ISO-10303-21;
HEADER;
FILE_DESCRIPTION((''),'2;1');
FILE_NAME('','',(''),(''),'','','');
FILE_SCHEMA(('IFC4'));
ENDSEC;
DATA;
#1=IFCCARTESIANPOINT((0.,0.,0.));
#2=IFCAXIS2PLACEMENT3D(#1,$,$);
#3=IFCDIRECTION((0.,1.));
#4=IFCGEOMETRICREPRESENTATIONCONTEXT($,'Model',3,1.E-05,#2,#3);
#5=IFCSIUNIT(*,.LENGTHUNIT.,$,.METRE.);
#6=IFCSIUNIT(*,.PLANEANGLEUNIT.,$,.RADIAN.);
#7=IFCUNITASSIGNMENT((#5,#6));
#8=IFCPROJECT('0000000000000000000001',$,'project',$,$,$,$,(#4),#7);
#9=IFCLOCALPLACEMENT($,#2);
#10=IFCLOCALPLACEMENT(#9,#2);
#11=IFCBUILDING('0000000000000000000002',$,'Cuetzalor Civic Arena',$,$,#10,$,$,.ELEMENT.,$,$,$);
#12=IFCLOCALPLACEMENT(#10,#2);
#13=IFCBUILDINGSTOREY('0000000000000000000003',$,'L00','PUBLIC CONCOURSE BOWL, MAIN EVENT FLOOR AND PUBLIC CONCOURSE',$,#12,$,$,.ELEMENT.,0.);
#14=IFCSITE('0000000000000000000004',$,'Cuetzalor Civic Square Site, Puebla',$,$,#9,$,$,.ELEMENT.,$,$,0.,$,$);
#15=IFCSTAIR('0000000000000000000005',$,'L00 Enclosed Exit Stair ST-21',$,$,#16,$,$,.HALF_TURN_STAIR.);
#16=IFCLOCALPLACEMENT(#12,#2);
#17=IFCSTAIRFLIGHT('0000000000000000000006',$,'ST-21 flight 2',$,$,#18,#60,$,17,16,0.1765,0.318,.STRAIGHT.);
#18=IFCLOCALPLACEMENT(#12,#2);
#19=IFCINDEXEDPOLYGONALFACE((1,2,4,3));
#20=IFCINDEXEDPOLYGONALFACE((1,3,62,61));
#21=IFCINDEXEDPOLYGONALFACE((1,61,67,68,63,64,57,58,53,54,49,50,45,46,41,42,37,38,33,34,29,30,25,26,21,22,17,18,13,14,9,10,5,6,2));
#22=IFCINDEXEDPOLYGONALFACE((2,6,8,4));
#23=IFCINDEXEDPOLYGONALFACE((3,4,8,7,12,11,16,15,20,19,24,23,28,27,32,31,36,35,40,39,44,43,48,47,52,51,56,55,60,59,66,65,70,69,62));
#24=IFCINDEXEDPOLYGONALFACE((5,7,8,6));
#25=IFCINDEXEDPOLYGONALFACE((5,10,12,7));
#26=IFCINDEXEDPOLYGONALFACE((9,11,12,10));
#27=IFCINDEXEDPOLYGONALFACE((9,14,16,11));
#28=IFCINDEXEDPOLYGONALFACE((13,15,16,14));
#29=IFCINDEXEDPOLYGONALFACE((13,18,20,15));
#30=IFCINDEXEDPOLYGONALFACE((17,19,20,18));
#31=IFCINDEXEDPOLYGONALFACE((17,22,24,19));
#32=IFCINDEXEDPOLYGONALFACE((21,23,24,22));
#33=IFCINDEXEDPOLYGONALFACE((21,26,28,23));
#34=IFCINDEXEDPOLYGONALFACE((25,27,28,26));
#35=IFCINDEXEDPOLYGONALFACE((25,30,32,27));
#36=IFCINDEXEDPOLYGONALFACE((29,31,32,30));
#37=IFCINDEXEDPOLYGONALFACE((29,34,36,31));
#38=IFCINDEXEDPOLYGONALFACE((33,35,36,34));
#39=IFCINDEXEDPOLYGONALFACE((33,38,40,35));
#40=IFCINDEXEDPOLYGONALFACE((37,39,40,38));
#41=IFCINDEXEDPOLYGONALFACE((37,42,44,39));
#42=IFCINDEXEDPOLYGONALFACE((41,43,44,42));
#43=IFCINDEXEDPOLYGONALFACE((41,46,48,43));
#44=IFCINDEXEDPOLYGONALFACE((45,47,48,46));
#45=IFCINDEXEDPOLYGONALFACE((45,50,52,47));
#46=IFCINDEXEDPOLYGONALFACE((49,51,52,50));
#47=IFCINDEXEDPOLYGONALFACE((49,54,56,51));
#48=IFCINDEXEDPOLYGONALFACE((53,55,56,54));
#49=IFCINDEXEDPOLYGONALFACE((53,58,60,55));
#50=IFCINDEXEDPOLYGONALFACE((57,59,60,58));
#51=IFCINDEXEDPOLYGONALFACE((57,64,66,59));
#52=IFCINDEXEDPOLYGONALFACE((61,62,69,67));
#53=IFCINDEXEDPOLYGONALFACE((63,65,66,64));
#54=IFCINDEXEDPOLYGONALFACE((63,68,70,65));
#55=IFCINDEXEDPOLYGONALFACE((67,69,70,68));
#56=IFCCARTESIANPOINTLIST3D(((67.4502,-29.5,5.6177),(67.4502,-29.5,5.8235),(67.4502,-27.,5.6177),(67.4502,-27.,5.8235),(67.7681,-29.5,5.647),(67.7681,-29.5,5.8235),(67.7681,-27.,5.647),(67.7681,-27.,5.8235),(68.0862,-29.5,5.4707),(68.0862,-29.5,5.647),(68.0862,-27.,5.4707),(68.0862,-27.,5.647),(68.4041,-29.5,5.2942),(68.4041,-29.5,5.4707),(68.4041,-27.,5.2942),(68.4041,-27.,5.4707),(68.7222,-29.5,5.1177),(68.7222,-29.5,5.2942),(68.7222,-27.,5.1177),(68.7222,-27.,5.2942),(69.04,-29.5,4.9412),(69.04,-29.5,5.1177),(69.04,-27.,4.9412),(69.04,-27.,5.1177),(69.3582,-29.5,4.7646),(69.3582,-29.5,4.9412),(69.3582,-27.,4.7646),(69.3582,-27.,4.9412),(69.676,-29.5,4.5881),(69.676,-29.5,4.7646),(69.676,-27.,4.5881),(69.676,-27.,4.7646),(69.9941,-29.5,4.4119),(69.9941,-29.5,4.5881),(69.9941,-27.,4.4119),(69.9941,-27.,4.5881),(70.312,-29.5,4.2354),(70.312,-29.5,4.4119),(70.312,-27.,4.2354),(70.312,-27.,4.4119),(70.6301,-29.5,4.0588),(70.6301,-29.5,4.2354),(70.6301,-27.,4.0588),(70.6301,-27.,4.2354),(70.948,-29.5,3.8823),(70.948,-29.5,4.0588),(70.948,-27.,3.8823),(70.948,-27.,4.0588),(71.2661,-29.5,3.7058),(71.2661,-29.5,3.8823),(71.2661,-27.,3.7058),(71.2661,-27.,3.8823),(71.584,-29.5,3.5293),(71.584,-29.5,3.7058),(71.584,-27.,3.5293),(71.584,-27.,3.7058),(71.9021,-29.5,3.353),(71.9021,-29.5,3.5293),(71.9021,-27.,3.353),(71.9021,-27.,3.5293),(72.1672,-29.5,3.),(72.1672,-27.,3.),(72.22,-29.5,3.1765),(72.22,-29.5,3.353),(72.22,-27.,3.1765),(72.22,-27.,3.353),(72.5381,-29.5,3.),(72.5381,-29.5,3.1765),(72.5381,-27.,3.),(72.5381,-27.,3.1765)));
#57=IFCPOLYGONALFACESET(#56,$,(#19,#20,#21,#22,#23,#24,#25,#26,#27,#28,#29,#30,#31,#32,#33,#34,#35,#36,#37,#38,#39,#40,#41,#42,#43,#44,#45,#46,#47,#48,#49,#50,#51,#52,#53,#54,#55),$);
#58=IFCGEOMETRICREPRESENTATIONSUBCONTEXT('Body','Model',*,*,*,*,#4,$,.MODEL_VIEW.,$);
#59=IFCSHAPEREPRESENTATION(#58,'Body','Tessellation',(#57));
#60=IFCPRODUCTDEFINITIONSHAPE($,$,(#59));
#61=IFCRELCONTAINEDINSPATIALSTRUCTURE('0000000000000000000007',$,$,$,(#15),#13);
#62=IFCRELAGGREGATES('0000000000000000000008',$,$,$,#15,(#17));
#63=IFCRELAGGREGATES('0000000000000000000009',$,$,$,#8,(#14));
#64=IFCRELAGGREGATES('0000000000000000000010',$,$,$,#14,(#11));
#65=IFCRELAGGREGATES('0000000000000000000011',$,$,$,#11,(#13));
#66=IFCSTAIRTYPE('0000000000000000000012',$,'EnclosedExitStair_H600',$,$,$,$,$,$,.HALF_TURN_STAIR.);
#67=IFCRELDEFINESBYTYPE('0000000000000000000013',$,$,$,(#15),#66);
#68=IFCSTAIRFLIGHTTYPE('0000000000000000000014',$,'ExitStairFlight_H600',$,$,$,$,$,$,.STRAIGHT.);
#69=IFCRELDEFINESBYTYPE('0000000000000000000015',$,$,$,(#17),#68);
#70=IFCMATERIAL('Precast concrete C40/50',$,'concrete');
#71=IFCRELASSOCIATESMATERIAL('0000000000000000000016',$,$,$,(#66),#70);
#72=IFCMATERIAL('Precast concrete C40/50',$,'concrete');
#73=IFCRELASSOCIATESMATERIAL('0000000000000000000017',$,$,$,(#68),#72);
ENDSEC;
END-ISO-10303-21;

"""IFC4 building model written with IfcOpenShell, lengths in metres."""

from ifc_helpers import new_model, si_unit, direction, frame, origin, place, context, subcontext, project, spatial, polyline, outline, extrude, material, type_object, element, aggregate, save


model = new_model("IFC4")

# Units and contexts
model_context = context("Model", 3, precision=1e-05, world=origin(), true_north=direction((0.0, 1.0)))
body_context = subcontext(model_context, "Body", "Model", "MODEL_VIEW")
ifc_project = project(units=[si_unit("LENGTHUNIT", "METRE"), si_unit("PLANEANGLEUNIT", "RADIAN")], contexts=[model_context])

# Site, building, storey
site_placement = place(None, origin())
site = spatial("IfcSite", under=ifc_project, at=site_placement, Name="Cuetzalor Civic Square Site, Puebla", CompositionType="ELEMENT", RefElevation=0.0)
building_placement = place(site_placement, origin())
building = spatial("IfcBuilding", under=site, at=building_placement, Name="Cuetzalor Civic Arena", CompositionType="ELEMENT")
storey_placement = place(building_placement, origin())
storey = spatial("IfcBuildingStorey", under=building, at=storey_placement, Name="L00", Description="PUBLIC CONCOURSE BOWL, MAIN EVENT FLOOR AND PUBLIC CONCOURSE", CompositionType="ELEMENT", Elevation=0.0)

# Stair, stair flight
ifc_material_1 = material(Name="Precast concrete C40/50", Category="concrete")
stair_type = type_object("IfcStairType", Name="EnclosedExitStair_H600", PredefinedType="HALF_TURN_STAIR", material=ifc_material_1)
stair_placement = place(storey_placement, origin())
stair = element("IfcStair", 1, at=stair_placement, inside=storey, type_object=stair_type, Name="L00 Enclosed Exit Stair ST-21", PredefinedType="HALF_TURN_STAIR")
ifc_material_2 = material(Name="Precast concrete C40/50", Category="concrete")
stair_flight_type = type_object("IfcStairFlightType", Name="ExitStairFlight_H600", PredefinedType="STRAIGHT", material=ifc_material_2)
stair_flight_1_placement = place(storey_placement, frame((72.5381, -28.25, 3.0), z_axis=(0.0, 0.0, 1.0), x_axis=(-1.0, 0.0, 0.0)))
stair_flight_1 = element("IfcStairFlight", 2, at=stair_flight_1_placement, type_object=stair_flight_type, Name="ST-21 flight 2", NumberOfRisers=17, NumberOfTreads=16, PredefinedType="STRAIGHT", RiserHeight=0.1765, TreadLength=0.318, context=body_context, shape_type="SweptSolid", body=[
    extrude(outline(polyline([(0.0, 0.0), (0.0, 0.1765), (0.3181, 0.1765), (0.3181, 0.353), (0.636, 0.353), (0.636, 0.5293), (0.9541, 0.5293), (0.9541, 0.7058), (1.272, 0.7058), (1.272, 0.8823), (1.5901, 0.8823), (1.5901, 1.0588), (1.908, 1.0588), (1.908, 1.2354), (2.2261, 1.2354), (2.2261, 1.4119), (2.5439, 1.4119), (2.5439, 1.5881), (2.8621, 1.5881), (2.8621, 1.7646), (3.1799, 1.7646), (3.1799, 1.9412), (3.498, 1.9412), (3.498, 2.1177), (3.8159, 2.1177), (3.8159, 2.2942), (4.134, 2.2942), (4.134, 2.4707), (4.4519, 2.4707), (4.4519, 2.647), (4.77, 2.647), (4.77, 2.8235), (5.0879, 2.8235), (5.0879, 3.0), (5.0879, 2.6177), (0.3708, 0.0), (0.0, 0.0)])), frame((0.0, 1.25, 0.0), z_axis=(0.0, -1.0, 0.0), x_axis=(1.0, 0.0, 0.0)), (0.0, 0.0, 1.0), 2.5),
])
aggregate(stair, [stair_flight_1])

save(model, "model.ifc")
